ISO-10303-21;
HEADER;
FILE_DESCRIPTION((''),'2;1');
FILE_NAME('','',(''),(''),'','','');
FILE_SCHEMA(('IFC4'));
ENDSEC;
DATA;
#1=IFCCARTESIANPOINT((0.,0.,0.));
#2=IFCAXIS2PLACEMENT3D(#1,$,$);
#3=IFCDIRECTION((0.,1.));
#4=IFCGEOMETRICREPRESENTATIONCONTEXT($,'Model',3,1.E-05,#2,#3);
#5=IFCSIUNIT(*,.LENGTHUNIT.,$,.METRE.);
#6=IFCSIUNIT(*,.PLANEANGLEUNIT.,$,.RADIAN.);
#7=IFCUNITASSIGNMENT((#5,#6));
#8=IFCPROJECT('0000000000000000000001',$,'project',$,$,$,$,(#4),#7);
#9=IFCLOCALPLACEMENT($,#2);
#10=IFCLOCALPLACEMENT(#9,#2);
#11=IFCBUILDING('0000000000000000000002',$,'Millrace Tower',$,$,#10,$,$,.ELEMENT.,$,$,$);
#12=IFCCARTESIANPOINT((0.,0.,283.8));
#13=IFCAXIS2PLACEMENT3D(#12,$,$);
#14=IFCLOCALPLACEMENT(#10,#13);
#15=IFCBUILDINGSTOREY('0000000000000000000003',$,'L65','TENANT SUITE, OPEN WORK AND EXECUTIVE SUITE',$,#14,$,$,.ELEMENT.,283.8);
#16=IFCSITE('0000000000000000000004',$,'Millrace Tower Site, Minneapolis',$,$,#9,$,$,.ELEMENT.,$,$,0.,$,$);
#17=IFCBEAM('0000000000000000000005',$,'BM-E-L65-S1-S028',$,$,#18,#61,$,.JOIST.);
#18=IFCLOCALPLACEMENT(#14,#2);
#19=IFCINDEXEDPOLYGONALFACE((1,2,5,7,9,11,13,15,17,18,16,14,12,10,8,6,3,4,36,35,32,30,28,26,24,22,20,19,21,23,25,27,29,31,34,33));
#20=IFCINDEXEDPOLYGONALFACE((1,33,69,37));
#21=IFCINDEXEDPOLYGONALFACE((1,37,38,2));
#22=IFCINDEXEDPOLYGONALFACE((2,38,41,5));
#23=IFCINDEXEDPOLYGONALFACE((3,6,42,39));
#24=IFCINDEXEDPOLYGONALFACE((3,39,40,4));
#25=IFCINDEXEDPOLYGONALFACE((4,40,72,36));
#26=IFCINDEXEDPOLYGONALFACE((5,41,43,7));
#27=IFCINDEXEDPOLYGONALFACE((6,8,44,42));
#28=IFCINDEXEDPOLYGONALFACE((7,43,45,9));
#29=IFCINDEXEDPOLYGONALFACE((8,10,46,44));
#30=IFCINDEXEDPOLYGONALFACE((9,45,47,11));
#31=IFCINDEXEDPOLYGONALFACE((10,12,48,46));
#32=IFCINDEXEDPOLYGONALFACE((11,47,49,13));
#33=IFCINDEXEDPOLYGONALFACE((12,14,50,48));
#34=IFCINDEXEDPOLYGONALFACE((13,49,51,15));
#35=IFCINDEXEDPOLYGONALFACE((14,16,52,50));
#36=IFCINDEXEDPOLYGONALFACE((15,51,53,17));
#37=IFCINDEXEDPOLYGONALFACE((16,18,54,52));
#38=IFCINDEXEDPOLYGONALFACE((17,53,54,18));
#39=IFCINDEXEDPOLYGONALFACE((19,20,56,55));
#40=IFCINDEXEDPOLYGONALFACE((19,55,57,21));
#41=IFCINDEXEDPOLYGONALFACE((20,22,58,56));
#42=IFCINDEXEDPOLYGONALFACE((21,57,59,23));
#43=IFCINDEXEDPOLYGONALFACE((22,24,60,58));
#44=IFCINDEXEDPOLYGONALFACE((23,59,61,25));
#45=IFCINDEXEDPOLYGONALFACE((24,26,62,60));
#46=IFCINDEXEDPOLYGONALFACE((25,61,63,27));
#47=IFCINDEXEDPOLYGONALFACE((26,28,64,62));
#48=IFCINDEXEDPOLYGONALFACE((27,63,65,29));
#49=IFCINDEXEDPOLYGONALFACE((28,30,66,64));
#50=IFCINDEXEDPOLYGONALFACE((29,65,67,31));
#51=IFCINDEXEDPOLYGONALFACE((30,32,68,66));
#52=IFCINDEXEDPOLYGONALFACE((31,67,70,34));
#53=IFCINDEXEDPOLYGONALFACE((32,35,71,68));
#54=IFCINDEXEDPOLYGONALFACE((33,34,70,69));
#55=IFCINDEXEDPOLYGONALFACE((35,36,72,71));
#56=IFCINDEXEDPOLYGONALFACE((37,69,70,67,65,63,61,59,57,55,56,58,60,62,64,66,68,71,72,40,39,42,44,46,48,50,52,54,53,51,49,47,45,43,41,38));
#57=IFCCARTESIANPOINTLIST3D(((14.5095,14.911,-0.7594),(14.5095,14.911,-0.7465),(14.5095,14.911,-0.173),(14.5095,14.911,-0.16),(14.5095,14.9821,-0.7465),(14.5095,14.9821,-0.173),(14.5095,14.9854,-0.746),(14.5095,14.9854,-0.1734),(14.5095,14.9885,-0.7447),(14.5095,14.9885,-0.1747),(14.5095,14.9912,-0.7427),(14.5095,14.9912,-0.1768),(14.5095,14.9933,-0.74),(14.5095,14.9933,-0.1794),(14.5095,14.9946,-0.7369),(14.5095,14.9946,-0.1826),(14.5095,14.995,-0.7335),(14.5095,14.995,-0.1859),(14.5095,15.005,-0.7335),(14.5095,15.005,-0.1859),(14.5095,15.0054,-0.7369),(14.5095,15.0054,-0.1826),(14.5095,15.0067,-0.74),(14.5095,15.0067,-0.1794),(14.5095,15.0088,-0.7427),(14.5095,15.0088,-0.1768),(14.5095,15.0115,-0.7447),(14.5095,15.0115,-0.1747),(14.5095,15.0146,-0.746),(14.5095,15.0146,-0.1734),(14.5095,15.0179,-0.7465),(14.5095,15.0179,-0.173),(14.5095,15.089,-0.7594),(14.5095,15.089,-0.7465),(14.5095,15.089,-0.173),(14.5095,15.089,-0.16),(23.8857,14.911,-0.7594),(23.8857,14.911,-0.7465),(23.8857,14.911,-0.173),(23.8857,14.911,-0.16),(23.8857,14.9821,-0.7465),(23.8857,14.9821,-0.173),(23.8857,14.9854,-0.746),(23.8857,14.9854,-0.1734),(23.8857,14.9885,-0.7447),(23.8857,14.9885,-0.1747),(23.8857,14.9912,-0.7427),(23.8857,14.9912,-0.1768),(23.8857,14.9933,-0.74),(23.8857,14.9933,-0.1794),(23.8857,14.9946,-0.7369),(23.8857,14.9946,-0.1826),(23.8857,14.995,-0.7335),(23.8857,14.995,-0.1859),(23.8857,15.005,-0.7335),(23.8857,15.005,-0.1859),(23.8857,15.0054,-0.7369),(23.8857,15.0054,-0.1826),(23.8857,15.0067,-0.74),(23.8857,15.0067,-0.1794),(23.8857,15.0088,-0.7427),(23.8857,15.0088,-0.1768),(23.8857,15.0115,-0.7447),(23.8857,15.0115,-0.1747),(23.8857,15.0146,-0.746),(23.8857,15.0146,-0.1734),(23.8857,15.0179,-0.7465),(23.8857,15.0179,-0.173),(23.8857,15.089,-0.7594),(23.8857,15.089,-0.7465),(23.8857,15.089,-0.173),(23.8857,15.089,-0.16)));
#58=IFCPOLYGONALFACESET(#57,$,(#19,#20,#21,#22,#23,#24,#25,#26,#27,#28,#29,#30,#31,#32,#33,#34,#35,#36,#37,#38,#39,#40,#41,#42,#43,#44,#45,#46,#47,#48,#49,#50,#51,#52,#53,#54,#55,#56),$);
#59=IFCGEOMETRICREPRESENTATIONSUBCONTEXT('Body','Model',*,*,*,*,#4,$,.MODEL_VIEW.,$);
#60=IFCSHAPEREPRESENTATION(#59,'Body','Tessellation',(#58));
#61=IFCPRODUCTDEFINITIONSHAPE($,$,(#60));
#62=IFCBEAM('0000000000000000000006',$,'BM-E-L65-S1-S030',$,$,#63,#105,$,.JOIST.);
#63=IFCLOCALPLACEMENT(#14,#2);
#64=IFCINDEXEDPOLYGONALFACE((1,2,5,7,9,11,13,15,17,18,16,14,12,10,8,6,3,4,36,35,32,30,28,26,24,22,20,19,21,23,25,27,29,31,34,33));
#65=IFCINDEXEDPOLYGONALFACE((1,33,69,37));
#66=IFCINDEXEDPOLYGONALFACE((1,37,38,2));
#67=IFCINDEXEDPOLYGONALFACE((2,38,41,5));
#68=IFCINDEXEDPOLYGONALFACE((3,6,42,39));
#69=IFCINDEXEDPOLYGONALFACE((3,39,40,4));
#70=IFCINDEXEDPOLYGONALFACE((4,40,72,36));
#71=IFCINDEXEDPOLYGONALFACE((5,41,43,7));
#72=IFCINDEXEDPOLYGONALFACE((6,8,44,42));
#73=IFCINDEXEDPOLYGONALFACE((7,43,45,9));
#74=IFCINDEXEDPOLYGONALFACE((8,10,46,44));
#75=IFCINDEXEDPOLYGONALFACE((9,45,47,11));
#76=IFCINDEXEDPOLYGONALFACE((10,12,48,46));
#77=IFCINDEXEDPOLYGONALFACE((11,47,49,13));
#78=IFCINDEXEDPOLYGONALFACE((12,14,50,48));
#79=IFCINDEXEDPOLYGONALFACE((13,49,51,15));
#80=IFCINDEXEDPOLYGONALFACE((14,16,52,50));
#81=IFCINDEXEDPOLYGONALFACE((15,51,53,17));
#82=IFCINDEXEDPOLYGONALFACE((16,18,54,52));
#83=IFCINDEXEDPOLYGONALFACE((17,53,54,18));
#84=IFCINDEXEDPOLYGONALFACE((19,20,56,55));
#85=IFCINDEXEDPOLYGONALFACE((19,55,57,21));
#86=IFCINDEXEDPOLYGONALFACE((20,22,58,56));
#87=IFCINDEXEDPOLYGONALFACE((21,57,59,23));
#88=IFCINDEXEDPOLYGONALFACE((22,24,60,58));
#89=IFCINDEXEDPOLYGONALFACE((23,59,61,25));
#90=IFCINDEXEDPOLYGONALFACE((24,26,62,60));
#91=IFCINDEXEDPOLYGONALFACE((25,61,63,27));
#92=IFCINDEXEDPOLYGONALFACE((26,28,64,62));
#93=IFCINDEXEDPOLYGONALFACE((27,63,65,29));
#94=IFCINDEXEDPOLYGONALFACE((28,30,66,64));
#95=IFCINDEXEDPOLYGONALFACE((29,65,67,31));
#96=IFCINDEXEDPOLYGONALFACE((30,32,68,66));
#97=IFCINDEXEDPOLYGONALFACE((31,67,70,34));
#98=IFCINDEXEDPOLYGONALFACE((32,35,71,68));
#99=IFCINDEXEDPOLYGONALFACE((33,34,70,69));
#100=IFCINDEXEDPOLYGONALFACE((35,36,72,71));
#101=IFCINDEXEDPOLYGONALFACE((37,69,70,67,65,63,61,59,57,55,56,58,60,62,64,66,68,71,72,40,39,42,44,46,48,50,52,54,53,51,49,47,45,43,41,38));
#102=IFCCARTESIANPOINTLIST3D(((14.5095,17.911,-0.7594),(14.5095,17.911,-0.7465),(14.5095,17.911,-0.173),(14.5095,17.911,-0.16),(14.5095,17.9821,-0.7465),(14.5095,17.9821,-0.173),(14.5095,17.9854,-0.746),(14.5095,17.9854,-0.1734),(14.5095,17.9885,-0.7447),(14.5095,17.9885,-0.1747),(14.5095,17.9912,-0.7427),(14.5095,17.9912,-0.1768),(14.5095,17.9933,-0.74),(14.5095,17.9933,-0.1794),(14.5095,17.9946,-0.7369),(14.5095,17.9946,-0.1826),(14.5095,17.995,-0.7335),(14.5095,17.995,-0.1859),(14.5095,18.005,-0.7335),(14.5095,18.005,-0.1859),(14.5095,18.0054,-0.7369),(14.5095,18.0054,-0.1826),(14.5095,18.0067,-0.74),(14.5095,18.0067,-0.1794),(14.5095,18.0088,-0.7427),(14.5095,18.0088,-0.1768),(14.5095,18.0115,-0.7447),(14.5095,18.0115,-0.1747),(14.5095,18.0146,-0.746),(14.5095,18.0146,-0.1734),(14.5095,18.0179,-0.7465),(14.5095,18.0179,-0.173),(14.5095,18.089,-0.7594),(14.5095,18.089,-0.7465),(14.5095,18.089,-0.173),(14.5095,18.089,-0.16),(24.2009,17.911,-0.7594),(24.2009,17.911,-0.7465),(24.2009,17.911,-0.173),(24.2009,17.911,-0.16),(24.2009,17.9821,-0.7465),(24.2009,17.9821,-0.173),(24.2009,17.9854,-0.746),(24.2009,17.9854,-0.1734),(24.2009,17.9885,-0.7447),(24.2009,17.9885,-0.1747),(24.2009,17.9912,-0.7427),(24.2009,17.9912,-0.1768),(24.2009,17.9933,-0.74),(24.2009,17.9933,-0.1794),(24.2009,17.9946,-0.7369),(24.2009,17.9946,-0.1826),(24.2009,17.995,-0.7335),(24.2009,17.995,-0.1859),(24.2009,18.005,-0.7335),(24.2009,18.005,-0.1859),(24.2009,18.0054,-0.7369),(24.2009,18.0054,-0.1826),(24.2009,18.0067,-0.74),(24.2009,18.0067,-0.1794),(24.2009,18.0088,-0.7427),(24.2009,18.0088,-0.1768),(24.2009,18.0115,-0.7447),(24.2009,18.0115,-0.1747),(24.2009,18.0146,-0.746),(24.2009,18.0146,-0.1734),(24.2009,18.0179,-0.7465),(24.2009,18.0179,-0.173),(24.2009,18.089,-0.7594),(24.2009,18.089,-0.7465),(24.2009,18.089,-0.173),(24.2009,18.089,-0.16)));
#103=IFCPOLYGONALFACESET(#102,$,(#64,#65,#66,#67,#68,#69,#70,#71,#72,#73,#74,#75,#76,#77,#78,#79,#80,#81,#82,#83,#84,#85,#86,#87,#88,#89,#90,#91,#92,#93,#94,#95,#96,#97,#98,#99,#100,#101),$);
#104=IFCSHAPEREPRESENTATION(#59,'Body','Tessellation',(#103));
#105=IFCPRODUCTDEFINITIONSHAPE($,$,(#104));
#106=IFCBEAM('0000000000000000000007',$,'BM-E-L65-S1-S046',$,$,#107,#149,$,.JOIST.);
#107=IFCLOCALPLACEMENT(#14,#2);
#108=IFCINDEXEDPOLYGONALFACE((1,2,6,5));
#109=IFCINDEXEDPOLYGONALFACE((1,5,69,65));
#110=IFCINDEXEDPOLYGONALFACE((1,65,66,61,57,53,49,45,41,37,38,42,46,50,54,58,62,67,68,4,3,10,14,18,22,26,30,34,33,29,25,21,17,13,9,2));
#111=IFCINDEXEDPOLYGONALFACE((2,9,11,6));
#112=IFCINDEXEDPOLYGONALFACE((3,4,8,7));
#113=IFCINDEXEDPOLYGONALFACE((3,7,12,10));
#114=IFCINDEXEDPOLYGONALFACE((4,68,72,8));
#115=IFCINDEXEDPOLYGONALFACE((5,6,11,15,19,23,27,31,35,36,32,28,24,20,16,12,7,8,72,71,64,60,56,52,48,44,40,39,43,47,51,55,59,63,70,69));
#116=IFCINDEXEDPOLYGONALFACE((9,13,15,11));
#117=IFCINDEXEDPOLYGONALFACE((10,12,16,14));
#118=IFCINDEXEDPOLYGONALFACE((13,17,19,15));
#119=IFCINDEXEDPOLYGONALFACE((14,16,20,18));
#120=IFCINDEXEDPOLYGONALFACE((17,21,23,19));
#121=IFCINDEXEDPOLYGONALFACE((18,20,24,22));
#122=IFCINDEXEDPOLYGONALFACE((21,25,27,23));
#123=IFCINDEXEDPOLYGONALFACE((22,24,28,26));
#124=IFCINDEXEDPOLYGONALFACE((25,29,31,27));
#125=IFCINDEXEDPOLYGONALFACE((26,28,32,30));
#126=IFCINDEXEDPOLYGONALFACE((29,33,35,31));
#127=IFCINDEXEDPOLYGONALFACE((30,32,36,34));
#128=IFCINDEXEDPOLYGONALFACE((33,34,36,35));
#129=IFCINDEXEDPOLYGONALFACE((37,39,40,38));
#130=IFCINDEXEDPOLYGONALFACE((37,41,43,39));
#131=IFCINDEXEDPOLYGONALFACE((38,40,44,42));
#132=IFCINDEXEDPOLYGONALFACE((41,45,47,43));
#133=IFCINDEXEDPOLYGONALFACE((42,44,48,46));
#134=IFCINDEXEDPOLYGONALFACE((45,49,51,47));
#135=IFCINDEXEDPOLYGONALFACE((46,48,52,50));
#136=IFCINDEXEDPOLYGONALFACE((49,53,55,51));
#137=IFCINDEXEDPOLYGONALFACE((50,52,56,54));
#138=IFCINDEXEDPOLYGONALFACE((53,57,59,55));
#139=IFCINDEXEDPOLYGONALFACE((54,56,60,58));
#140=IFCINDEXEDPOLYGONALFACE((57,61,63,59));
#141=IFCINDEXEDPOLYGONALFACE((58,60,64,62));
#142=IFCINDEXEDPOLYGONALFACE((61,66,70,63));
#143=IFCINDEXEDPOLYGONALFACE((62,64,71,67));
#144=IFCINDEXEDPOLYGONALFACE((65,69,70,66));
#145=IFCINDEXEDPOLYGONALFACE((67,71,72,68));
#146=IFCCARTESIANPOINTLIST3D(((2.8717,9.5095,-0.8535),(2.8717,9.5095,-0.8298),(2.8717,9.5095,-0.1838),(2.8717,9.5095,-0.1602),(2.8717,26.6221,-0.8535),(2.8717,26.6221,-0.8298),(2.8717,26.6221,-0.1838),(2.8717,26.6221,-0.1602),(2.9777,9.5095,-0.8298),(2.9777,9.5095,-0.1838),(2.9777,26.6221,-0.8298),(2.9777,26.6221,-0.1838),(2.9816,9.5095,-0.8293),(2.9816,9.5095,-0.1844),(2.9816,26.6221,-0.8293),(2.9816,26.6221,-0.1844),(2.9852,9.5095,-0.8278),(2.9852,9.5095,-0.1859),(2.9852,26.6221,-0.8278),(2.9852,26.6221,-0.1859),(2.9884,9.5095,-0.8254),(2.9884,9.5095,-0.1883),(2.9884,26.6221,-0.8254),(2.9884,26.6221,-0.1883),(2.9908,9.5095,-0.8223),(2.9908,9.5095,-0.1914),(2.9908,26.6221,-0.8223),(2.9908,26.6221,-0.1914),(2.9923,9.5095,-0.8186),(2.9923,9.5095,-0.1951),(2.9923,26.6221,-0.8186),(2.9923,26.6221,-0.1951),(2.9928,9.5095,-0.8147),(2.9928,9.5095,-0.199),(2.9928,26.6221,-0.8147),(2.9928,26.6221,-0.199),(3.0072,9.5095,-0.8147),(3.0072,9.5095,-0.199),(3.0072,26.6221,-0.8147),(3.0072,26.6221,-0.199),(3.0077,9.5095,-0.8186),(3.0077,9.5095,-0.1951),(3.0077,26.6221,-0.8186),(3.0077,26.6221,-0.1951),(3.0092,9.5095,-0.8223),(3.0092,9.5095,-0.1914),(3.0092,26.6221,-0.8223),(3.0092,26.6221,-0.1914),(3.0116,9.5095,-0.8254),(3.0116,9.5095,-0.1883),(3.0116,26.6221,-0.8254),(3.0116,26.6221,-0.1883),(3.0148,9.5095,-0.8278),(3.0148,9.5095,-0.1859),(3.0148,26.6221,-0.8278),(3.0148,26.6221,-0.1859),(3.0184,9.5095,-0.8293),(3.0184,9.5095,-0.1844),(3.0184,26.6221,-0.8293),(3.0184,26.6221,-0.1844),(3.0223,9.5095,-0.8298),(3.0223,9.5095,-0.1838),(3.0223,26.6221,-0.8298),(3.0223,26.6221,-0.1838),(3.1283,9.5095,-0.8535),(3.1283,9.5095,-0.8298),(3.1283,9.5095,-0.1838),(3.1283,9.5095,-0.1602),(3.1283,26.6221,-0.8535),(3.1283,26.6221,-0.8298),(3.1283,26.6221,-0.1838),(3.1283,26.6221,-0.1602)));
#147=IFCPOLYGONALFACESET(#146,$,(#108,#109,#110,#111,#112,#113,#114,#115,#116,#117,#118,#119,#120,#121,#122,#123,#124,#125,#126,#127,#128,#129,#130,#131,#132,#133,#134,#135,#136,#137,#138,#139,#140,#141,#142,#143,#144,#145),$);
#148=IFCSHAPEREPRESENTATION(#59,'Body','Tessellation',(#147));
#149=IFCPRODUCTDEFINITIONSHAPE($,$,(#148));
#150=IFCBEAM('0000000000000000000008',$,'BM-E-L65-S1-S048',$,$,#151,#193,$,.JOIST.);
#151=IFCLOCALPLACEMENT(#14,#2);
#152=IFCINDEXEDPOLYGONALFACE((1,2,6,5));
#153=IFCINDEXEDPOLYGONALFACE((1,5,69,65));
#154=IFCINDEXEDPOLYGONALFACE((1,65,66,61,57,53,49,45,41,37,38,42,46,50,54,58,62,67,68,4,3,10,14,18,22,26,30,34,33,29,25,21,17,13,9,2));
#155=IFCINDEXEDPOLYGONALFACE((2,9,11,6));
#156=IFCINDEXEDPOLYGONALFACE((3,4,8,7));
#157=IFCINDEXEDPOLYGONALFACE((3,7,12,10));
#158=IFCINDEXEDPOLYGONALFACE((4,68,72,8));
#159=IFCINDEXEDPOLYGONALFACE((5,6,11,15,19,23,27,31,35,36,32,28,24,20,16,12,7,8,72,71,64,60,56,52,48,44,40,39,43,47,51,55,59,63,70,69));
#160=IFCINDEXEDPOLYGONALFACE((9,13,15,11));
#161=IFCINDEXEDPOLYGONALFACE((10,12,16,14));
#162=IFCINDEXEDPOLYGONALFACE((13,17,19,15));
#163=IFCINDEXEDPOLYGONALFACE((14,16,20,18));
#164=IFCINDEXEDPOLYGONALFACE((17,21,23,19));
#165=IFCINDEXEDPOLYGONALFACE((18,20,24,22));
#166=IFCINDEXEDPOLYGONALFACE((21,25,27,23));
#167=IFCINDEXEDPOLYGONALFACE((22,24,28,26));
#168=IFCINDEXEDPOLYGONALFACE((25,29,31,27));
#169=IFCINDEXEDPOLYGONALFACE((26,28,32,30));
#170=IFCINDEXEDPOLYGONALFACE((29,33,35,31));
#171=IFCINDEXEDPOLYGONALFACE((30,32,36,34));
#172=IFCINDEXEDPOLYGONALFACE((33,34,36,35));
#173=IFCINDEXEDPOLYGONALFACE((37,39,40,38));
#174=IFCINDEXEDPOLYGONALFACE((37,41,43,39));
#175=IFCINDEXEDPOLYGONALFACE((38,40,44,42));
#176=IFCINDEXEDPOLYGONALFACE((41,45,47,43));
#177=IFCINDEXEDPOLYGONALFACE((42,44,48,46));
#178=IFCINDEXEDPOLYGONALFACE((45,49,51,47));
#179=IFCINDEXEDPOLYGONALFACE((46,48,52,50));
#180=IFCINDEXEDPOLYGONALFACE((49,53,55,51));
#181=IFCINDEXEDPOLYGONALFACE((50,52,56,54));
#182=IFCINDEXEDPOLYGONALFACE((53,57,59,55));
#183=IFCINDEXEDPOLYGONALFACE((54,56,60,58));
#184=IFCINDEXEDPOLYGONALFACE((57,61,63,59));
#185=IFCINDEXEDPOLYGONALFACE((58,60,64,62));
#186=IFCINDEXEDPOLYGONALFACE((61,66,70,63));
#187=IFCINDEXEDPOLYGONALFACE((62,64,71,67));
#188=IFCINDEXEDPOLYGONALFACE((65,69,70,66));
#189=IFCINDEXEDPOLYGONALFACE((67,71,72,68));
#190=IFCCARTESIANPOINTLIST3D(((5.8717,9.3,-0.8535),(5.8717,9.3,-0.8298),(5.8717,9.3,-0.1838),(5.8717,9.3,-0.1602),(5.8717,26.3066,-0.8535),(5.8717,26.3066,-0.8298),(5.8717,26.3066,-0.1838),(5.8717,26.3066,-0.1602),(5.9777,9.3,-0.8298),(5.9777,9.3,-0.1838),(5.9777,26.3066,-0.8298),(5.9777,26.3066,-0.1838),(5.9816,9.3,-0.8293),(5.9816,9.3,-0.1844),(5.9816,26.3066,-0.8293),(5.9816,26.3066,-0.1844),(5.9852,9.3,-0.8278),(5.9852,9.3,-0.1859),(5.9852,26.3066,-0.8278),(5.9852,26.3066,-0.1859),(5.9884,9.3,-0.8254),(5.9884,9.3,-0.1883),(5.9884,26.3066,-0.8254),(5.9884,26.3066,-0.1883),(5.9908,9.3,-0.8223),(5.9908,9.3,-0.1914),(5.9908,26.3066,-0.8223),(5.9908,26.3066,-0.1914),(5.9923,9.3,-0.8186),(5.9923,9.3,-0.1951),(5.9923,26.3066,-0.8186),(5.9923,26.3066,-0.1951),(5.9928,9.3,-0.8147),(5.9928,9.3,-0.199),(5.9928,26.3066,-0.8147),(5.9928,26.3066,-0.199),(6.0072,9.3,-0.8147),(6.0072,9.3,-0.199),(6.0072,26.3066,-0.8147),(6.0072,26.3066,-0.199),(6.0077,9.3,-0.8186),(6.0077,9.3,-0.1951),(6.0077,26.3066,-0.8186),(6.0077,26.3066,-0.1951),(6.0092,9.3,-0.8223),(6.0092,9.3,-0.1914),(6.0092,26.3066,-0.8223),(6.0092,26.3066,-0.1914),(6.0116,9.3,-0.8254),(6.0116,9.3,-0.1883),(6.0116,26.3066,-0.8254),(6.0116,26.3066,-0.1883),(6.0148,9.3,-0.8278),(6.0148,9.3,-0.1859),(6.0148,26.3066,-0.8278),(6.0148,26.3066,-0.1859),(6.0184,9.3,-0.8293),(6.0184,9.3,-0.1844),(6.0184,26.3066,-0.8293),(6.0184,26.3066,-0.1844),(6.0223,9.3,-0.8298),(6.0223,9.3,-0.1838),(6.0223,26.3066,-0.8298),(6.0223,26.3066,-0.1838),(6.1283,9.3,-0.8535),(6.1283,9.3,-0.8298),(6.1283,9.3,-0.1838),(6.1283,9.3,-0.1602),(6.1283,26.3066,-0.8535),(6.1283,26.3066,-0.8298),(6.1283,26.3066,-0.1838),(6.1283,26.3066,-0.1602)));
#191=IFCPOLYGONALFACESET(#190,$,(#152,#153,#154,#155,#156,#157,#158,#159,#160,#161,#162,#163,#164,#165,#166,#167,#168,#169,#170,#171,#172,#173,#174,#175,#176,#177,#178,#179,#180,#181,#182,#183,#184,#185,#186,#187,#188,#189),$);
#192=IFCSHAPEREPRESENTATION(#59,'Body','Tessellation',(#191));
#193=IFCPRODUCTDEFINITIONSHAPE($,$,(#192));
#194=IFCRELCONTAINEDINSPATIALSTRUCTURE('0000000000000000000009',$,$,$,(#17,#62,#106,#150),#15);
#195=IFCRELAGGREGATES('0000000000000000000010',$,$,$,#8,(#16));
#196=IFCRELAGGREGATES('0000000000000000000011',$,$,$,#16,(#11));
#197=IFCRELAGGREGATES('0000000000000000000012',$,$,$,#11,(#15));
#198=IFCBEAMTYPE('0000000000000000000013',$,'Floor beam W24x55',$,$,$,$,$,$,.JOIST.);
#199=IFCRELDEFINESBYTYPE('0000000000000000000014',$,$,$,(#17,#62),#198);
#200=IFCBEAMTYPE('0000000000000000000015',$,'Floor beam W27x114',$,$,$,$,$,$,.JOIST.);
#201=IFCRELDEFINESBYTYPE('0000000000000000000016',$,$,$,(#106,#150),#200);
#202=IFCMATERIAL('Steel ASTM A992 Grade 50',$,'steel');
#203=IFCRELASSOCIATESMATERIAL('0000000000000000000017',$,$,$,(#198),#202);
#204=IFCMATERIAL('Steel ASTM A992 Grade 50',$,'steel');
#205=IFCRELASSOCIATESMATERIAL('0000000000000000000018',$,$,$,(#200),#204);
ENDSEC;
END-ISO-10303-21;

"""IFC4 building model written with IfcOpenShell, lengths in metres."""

from ifc_helpers import new_model, si_unit, direction, frame, origin, origin_2d, place, context, subcontext, project, spatial, i_section, extrude, material, material_profile, profile_set, type_object, element, save


model = new_model("IFC4")

# Units and contexts
model_context = context("Model", 3, precision=1e-05, world=origin(), true_north=direction((0.0, 1.0)))
body_context = subcontext(model_context, "Body", "Model", "MODEL_VIEW")
ifc_project = project(units=[si_unit("LENGTHUNIT", "METRE"), si_unit("PLANEANGLEUNIT", "RADIAN")], contexts=[model_context])

# Site, building, storey
site_placement = place(None, origin())
site = spatial("IfcSite", under=ifc_project, at=site_placement, Name="Millrace Tower Site, Minneapolis", CompositionType="ELEMENT", RefElevation=0.0)
building_placement = place(site_placement, origin())
building = spatial("IfcBuilding", under=site, at=building_placement, Name="Millrace Tower", CompositionType="ELEMENT")
storey_placement = place(building_placement, frame((0.0, 0.0, 283.8)))
storey = spatial("IfcBuildingStorey", under=building, at=storey_placement, Name="L65", Description="TENANT SUITE, OPEN WORK AND EXECUTIVE SUITE", CompositionType="ELEMENT", Elevation=283.8)

# Beams
ifc_material_1 = material(Name="Steel ASTM A992 Grade 50", Category="steel")
ifc_material_profile_1 = material_profile(ifc_material_1, i_section(OverallWidth=0.178, OverallDepth=0.5994, WebThickness=0.01, FlangeThickness=0.0129, FilletRadius=0.0129, at=origin_2d()))
ifc_profile_set_1 = profile_set([ifc_material_profile_1], Name="Steel ASTM A992 Grade 50")
beam_type_1 = type_object("IfcBeamType", Name="Floor beam W24x55", PredefinedType="JOIST", material=ifc_profile_set_1)
beam_1_placement = place(storey_placement, frame((14.5095, 15.0, -0.4597), z_axis=(1.0, 0.0, 0.0), x_axis=(0.0, 1.0, 0.0)))
element("IfcBeam", 1, at=beam_1_placement, inside=storey, type_object=beam_type_1, Name="BM-E-L65-S1-S028", PredefinedType="JOIST", context=body_context, shape_type="SweptSolid", body=[
    extrude(i_section(OverallWidth=0.178, OverallDepth=0.5994, WebThickness=0.01, FlangeThickness=0.0129, FilletRadius=0.0129, at=origin_2d()), origin(), (0.0, 0.0, 1.0), 9.3762),
])
beam_2_placement = place(storey_placement, frame((14.5095, 18.0, -0.4597), z_axis=(1.0, 0.0, 0.0), x_axis=(0.0, 1.0, 0.0)))
element("IfcBeam", 2, at=beam_2_placement, inside=storey, type_object=beam_type_1, Name="BM-E-L65-S1-S030", PredefinedType="JOIST", context=body_context, shape_type="SweptSolid", body=[
    extrude(i_section(OverallWidth=0.178, OverallDepth=0.5994, WebThickness=0.01, FlangeThickness=0.0129, FilletRadius=0.0129, at=origin_2d()), origin(), (0.0, 0.0, 1.0), 9.6914),
])
ifc_material_2 = material(Name="Steel ASTM A992 Grade 50", Category="steel")
ifc_material_profile_2 = material_profile(ifc_material_2, i_section(OverallWidth=0.2566, OverallDepth=0.6934, WebThickness=0.0144, FlangeThickness=0.0237, FilletRadius=0.0151, at=origin_2d()))
ifc_profile_set_2 = profile_set([ifc_material_profile_2], Name="Steel ASTM A992 Grade 50")
beam_type_2 = type_object("IfcBeamType", Name="Floor beam W27x114", PredefinedType="JOIST", material=ifc_profile_set_2)
beam_3_placement = place(storey_placement, frame((3.0, 9.5095, -0.5068), z_axis=(0.0, 1.0, 0.0), x_axis=(-1.0, 0.0, 0.0)))
element("IfcBeam", 3, at=beam_3_placement, inside=storey, type_object=beam_type_2, Name="BM-E-L65-S1-S046", PredefinedType="JOIST", context=body_context, shape_type="SweptSolid", body=[
    extrude(i_section(OverallWidth=0.2566, OverallDepth=0.6934, WebThickness=0.0144, FlangeThickness=0.0237, FilletRadius=0.0151, at=origin_2d()), origin(), (0.0, 0.0, 1.0), 17.1125),
])
beam_4_placement = place(storey_placement, frame((6.0, 9.3, -0.5068), z_axis=(0.0, 1.0, 0.0), x_axis=(-1.0, 0.0, 0.0)))
element("IfcBeam", 4, at=beam_4_placement, inside=storey, type_object=beam_type_2, Name="BM-E-L65-S1-S048", PredefinedType="JOIST", context=body_context, shape_type="SweptSolid", body=[
    extrude(i_section(OverallWidth=0.2566, OverallDepth=0.6934, WebThickness=0.0144, FlangeThickness=0.0237, FilletRadius=0.0151, at=origin_2d()), origin(), (0.0, 0.0, 1.0), 17.0066),
])

save(model, "model.ifc")
